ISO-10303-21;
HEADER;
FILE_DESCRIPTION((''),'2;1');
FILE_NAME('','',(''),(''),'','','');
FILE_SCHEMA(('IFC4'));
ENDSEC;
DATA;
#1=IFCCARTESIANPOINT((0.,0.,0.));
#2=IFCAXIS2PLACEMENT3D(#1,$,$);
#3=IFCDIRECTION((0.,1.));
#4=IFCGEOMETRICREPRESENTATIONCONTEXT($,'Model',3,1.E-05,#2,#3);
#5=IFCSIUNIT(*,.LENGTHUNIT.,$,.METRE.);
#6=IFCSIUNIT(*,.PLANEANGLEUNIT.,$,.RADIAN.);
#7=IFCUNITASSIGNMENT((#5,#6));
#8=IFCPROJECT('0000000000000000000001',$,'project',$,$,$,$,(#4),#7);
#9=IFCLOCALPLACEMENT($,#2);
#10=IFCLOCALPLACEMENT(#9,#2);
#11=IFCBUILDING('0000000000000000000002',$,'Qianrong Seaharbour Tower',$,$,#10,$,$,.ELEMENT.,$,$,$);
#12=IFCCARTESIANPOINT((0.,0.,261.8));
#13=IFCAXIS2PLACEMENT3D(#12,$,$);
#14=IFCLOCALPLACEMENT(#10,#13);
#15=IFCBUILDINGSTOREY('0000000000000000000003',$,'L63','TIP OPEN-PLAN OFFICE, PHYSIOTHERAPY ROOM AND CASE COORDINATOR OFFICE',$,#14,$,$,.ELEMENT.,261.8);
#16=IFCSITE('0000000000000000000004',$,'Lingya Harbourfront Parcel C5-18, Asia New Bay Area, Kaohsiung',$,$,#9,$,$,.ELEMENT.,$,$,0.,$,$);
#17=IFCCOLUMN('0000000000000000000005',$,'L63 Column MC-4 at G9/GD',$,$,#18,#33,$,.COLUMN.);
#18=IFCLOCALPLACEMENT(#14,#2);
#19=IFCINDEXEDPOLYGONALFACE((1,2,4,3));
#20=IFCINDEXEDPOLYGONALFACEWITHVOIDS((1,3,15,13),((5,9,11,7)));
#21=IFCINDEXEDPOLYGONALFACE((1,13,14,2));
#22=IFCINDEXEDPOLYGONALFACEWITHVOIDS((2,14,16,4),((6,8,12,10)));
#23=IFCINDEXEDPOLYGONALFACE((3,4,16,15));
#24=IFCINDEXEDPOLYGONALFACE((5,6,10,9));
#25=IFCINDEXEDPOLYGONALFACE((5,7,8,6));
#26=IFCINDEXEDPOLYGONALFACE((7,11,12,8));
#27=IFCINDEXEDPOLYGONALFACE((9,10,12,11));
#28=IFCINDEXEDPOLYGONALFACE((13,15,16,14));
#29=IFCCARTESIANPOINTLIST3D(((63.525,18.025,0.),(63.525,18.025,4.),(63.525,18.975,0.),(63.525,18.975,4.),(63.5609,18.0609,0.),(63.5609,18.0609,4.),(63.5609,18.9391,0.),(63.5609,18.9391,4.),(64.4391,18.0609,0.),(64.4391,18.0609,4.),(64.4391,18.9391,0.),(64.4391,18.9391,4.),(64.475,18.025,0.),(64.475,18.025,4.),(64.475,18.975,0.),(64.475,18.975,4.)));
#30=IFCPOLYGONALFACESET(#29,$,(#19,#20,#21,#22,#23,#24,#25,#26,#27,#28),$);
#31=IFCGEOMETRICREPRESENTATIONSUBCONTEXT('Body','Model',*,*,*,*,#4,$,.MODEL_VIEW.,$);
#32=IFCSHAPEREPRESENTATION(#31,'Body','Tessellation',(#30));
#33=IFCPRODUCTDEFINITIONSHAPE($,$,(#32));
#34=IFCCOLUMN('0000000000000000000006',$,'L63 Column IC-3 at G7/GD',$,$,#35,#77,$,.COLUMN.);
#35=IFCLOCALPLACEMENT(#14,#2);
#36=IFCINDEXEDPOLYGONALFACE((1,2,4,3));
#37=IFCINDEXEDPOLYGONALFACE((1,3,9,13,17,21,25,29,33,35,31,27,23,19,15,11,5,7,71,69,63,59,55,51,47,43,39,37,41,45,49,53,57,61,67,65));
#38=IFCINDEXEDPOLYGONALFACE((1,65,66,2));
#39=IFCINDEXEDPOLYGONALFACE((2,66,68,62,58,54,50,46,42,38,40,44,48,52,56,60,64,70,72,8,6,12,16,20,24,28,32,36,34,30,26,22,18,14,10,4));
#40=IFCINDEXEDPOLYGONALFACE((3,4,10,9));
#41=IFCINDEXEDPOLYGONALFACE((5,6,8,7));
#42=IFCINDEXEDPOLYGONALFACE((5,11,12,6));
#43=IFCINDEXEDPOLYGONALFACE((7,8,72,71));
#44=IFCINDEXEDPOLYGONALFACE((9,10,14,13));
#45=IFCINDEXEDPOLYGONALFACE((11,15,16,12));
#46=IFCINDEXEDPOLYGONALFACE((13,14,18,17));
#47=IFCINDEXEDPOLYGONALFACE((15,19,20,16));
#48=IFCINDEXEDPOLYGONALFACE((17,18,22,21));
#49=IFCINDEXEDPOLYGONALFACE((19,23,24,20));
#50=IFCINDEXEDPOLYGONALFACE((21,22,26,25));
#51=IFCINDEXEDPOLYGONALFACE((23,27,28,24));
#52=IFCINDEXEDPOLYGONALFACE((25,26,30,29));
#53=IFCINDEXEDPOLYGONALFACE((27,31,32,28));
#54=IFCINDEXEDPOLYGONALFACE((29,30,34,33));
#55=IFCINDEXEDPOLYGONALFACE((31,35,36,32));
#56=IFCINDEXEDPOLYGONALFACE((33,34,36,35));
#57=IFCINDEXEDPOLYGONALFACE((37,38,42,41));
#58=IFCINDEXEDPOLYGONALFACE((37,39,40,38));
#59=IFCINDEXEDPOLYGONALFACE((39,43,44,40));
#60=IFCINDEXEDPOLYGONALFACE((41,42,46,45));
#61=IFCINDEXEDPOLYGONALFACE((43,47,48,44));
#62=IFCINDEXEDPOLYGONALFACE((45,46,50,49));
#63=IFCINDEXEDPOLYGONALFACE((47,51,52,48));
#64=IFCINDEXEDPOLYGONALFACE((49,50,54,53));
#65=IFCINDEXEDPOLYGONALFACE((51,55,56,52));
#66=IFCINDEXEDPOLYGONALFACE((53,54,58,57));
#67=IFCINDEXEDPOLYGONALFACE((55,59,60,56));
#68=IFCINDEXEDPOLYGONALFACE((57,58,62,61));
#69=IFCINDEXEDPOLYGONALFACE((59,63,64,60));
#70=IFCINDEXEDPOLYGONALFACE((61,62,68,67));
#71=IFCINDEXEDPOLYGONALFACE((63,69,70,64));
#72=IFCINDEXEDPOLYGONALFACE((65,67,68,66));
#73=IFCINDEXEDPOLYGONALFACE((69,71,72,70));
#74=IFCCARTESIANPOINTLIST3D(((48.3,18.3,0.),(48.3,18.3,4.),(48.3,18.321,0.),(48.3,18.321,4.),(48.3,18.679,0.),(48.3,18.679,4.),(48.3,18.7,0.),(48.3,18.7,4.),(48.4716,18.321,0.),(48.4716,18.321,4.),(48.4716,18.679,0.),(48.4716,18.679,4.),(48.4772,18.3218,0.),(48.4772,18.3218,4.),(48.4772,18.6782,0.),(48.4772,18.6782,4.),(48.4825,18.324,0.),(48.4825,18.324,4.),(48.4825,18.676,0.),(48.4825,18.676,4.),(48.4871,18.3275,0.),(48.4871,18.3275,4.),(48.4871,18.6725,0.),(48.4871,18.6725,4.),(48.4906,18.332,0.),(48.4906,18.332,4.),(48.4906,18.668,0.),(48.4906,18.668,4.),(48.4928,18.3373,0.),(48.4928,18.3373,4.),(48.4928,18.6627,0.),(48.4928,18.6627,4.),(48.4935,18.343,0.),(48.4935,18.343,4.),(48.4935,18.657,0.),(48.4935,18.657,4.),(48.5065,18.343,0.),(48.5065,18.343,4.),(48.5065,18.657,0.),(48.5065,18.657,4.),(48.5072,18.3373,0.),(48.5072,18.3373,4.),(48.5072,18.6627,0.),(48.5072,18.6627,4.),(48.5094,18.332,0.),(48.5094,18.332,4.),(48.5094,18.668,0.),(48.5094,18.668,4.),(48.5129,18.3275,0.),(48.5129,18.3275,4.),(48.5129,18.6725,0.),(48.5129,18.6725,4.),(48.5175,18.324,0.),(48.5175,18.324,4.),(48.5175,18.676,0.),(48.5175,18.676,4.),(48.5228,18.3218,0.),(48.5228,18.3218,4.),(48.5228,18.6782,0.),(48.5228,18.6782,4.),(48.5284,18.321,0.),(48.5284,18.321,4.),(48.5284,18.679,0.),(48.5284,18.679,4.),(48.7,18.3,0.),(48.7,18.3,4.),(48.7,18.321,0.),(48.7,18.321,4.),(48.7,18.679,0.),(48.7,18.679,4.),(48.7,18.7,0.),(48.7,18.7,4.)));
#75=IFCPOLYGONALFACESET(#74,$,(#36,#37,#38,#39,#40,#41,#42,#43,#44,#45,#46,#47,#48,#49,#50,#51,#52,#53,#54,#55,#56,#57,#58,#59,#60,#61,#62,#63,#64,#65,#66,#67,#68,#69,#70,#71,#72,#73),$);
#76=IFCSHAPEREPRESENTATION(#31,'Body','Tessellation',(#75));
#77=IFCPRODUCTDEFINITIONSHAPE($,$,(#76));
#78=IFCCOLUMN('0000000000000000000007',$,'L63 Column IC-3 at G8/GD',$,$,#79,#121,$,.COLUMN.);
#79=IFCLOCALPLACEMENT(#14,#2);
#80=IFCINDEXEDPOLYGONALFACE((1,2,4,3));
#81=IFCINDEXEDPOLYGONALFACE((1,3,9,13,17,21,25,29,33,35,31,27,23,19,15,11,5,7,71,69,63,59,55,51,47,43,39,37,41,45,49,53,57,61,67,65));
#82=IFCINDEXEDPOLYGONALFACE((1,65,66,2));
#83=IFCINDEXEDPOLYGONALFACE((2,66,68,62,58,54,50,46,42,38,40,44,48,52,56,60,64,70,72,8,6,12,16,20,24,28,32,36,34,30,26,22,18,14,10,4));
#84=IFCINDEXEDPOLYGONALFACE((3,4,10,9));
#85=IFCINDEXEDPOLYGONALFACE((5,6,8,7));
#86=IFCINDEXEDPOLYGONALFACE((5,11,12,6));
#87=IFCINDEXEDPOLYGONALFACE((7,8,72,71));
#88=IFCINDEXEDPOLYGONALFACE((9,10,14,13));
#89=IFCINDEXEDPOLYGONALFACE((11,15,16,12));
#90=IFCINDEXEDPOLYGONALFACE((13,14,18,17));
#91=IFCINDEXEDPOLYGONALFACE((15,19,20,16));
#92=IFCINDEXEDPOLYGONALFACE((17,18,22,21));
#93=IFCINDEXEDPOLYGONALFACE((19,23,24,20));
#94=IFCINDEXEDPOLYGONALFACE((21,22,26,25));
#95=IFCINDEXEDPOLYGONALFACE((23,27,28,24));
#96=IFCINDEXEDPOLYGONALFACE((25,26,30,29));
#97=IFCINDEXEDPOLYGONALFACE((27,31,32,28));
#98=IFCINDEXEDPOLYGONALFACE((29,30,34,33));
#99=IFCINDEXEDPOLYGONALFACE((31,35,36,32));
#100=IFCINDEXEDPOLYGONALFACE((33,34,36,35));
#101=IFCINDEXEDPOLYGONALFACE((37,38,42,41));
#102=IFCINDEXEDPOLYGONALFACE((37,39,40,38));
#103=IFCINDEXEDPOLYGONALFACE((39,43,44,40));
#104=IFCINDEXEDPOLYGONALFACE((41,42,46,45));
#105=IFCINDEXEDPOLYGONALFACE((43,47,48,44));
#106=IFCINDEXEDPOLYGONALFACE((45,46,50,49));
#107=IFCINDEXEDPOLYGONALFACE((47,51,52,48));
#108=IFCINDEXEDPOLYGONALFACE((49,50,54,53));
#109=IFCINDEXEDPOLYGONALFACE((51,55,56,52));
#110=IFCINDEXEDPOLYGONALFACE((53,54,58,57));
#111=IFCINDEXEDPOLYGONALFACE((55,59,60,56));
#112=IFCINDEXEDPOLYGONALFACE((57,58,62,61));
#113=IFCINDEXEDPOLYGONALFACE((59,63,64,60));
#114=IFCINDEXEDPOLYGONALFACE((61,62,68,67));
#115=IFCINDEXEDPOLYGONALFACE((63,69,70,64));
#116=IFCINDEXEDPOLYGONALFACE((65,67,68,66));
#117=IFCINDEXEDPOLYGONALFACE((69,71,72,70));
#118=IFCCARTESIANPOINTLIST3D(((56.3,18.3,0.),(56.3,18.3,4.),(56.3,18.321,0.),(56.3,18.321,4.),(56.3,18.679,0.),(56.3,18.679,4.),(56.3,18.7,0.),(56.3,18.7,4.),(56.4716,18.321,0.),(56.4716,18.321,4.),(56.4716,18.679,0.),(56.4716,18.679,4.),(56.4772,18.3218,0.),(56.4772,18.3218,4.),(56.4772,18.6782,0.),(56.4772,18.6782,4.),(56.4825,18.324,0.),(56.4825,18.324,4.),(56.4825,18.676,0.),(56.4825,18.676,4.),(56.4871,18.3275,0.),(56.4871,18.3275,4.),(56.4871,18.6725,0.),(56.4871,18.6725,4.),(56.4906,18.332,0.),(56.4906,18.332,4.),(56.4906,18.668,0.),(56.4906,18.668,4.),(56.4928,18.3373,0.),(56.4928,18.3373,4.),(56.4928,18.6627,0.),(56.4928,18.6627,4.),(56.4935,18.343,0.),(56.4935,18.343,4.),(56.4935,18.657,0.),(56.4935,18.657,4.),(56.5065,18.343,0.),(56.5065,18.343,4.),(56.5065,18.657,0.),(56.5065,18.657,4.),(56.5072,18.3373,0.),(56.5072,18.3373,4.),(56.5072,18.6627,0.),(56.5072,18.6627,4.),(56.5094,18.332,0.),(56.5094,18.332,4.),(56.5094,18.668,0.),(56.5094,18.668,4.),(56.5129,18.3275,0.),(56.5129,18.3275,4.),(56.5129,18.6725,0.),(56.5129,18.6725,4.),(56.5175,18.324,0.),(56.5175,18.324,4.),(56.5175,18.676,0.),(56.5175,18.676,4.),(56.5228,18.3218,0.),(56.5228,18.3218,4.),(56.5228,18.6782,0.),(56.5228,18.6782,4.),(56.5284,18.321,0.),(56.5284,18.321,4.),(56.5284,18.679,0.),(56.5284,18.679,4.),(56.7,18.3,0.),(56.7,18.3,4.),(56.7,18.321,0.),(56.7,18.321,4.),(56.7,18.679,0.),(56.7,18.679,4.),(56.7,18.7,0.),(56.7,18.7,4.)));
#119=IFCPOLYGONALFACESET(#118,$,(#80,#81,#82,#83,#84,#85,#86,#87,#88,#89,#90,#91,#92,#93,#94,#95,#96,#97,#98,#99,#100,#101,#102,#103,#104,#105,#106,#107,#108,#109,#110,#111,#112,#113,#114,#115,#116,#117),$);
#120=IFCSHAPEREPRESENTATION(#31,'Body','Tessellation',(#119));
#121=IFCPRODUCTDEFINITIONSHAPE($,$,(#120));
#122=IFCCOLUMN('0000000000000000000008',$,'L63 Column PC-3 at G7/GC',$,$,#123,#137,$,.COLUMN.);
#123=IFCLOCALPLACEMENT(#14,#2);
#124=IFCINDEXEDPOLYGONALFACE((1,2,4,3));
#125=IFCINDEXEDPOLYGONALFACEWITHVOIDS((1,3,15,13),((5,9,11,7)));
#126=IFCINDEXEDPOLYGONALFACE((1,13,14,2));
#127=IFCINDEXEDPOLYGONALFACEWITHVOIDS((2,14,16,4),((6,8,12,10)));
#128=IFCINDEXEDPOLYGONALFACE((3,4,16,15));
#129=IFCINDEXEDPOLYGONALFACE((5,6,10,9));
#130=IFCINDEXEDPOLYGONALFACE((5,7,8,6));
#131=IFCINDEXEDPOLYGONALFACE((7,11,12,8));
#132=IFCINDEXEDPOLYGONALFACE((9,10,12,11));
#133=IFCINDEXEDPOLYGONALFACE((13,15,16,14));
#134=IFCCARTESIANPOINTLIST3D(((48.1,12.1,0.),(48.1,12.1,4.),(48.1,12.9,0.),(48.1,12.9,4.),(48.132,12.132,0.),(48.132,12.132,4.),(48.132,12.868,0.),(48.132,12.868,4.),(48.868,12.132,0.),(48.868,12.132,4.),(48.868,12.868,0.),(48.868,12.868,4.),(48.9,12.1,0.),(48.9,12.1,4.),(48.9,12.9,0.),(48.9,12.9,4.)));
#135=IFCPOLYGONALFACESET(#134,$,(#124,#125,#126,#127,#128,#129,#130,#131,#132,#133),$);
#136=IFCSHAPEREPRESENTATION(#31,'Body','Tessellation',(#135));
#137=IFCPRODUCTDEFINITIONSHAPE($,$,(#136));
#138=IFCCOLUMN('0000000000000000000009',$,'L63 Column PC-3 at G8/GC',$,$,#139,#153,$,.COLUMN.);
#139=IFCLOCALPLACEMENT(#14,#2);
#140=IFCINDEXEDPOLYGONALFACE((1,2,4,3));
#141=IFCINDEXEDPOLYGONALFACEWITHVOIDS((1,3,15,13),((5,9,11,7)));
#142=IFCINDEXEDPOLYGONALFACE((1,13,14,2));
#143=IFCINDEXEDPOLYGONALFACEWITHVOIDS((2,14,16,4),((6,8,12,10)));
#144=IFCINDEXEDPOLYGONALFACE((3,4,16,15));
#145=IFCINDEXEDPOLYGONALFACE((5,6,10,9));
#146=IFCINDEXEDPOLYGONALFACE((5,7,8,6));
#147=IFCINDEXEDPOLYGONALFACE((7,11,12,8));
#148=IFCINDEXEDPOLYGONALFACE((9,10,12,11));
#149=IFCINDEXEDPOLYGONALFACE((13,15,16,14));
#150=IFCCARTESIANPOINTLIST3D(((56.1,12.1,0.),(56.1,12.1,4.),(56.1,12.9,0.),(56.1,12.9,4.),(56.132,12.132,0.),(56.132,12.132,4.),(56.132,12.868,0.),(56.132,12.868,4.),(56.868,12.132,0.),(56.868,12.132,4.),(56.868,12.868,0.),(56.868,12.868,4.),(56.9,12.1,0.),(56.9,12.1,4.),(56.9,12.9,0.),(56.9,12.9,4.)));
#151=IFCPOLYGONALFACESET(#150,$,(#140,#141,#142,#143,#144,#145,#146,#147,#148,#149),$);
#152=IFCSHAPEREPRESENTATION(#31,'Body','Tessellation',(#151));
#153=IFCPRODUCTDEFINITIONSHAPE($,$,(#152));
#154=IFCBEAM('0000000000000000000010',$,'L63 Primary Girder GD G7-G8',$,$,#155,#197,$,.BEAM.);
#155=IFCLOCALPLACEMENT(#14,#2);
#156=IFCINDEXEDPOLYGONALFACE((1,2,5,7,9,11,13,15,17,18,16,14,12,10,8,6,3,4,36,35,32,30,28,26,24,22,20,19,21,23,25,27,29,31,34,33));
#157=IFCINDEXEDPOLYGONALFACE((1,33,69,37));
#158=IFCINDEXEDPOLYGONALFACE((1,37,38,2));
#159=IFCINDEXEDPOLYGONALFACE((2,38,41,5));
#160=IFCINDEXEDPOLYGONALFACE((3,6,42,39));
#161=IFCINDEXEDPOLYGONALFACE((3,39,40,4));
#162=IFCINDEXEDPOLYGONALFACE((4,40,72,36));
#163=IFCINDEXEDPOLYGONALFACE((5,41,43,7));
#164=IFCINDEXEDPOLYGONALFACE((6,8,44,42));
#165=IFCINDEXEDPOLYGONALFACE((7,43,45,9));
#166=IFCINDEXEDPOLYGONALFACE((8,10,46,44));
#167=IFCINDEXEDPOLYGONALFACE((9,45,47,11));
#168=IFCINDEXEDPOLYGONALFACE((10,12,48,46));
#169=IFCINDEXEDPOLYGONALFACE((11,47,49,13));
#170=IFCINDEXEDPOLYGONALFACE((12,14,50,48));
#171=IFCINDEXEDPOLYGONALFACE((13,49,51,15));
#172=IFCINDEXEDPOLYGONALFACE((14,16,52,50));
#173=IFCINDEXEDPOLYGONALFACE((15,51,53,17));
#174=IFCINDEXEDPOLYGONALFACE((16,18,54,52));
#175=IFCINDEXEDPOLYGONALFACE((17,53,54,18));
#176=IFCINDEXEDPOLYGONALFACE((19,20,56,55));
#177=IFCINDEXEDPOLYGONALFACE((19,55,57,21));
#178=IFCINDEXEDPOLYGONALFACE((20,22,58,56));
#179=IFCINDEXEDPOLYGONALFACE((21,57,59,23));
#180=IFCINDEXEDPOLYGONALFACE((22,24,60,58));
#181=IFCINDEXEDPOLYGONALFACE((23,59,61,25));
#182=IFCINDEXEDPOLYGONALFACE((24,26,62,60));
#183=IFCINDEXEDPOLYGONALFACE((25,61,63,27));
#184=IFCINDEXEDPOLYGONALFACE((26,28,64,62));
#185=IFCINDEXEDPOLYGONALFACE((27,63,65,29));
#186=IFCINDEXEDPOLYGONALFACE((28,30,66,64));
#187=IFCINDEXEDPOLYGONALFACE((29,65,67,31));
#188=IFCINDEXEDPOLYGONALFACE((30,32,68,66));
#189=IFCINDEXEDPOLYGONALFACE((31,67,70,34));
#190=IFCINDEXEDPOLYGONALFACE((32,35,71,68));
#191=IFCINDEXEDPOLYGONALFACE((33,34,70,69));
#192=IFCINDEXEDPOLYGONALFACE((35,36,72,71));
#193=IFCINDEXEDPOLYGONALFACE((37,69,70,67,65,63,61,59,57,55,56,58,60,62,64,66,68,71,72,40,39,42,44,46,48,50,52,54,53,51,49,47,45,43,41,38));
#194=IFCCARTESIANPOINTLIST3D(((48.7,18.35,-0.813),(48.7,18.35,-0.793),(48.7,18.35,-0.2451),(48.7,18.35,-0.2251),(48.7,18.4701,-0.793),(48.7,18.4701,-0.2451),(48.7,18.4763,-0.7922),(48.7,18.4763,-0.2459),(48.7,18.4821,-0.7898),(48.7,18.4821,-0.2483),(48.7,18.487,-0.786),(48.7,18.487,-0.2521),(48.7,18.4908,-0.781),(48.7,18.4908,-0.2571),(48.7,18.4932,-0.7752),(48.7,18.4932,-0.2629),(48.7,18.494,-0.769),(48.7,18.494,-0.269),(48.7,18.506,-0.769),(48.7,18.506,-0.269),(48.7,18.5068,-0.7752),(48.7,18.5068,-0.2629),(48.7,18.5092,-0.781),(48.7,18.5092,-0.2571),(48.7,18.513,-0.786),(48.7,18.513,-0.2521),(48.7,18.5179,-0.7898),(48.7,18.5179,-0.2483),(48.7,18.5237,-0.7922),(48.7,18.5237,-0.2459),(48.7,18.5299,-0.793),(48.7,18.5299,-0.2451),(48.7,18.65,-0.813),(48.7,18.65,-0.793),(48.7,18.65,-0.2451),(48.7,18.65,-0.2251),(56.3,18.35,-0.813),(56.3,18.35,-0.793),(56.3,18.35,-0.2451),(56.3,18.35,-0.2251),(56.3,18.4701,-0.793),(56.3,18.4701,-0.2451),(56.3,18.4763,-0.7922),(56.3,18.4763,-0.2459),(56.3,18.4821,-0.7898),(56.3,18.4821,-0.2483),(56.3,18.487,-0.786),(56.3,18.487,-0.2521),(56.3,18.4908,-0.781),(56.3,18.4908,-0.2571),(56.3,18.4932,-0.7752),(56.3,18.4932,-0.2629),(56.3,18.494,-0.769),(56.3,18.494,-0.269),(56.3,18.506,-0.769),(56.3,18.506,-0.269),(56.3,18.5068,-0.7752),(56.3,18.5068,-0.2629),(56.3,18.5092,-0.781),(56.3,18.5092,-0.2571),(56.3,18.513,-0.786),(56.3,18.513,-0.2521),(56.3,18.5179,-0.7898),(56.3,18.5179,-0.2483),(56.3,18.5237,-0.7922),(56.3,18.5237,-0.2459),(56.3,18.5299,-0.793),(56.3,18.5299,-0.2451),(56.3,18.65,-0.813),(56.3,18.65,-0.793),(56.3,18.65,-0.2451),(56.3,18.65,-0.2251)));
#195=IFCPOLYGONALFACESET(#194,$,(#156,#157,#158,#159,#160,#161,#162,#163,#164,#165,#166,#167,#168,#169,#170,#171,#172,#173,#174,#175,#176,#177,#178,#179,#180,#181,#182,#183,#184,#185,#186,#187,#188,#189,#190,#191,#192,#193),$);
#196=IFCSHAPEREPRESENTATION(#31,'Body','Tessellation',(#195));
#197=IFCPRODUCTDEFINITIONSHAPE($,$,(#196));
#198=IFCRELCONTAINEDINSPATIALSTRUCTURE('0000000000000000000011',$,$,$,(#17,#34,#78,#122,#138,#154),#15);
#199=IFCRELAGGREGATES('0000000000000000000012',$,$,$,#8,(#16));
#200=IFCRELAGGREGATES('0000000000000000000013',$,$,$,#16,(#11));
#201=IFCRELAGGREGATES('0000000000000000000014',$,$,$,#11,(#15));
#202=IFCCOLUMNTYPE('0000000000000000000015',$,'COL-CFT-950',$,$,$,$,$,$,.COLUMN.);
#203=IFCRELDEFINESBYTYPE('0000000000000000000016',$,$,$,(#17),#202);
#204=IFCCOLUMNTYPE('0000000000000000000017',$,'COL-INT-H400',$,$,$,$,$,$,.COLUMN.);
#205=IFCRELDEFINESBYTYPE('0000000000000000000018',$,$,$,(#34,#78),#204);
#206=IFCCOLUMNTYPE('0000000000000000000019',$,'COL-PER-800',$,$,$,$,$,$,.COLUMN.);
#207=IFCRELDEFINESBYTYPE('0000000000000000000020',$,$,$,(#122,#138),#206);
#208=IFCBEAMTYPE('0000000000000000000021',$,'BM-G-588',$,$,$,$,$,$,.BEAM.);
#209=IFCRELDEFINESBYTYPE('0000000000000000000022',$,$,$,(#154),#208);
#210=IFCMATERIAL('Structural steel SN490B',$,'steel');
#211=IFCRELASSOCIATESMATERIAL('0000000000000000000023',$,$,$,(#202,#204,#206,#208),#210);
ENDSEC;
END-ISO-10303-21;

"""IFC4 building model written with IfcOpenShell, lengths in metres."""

from ifc_helpers import new_model, si_unit, direction, frame, origin, origin_2d, place, context, subcontext, project, spatial, hollow_rectangle, i_section, extrude, material, material_profile, profile_set, type_object, element, save


model = new_model("IFC4")

# Units and contexts
model_context = context("Model", 3, precision=1e-05, world=origin(), true_north=direction((0.0, 1.0)))
body_context = subcontext(model_context, "Body", "Model", "MODEL_VIEW")
ifc_project = project(units=[si_unit("LENGTHUNIT", "METRE"), si_unit("PLANEANGLEUNIT", "RADIAN")], contexts=[model_context])

# Site, building, storey
site_placement = place(None, origin())
site = spatial("IfcSite", under=ifc_project, at=site_placement, Name="Lingya Harbourfront Parcel C5-18, Asia New Bay Area, Kaohsiung", CompositionType="ELEMENT", RefElevation=0.0)
building_placement = place(site_placement, origin())
building = spatial("IfcBuilding", under=site, at=building_placement, Name="Qianrong Seaharbour Tower", CompositionType="ELEMENT")
storey_placement = place(building_placement, frame((0.0, 0.0, 261.8)))
storey = spatial("IfcBuildingStorey", under=building, at=storey_placement, Name="L63", Description="TIP OPEN-PLAN OFFICE, PHYSIOTHERAPY ROOM AND CASE COORDINATOR OFFICE", CompositionType="ELEMENT", Elevation=261.8)

# Columns
ifc_material_1 = material(Name="Structural steel SN490B", Category="steel")
ifc_material_profile_1 = material_profile(ifc_material_1, hollow_rectangle(XDim=0.95, YDim=0.95, WallThickness=0.0359, at=origin_2d()), Name="BOX950x950x36")
ifc_profile_set_1 = profile_set([ifc_material_profile_1], Name="Structural steel SN490B")
column_type_1 = type_object("IfcColumnType", Name="COL-CFT-950", PredefinedType="COLUMN", material=ifc_profile_set_1)
column_placement = place(storey_placement, frame((64.0, 18.5, 0.0), z_axis=(0.0, 0.0, 1.0), x_axis=(1.0, 0.0, 0.0)))
element("IfcColumn", 1, at=column_placement, inside=storey, type_object=column_type_1, Name="L63 Column MC-4 at G9/GD", PredefinedType="COLUMN", context=body_context, shape_type="SweptSolid", body=[
    extrude(hollow_rectangle(XDim=0.95, YDim=0.95, WallThickness=0.0359, at=origin_2d()), origin(), (0.0, 0.0, 1.0), 4.0),
])
ifc_material_profile_2 = material_profile(ifc_material_1, i_section(OverallWidth=0.3999, OverallDepth=0.3999, WebThickness=0.0129, FlangeThickness=0.021, FilletRadius=0.022, at=origin_2d()), Name="H400x400x13x21")
ifc_profile_set_2 = profile_set([ifc_material_profile_2], Name="Structural steel SN490B")
column_type_2 = type_object("IfcColumnType", Name="COL-INT-H400", PredefinedType="COLUMN", material=ifc_profile_set_2)
for number, where, z_axis, x_axis, name in (
    (2, (48.5, 18.5, 0.0), (0.0, 0.0, 1.0), (1.0, 0.0, 0.0), "L63 Column IC-3 at G7/GD"),
    (3, (56.5, 18.5, 0.0), (0.0, 0.0, 1.0), (1.0, 0.0, 0.0), "L63 Column IC-3 at G8/GD"),
):
    element("IfcColumn", number, at=place(storey_placement, frame(where, z_axis=z_axis, x_axis=x_axis)), inside=storey, type_object=column_type_2, Name=name, PredefinedType="COLUMN", context=body_context, shape_type="SweptSolid", body=[
        extrude(i_section(OverallWidth=0.3999, OverallDepth=0.3999, WebThickness=0.0129, FlangeThickness=0.021, FilletRadius=0.022, at=origin_2d()), origin(), (0.0, 0.0, 1.0), 4.0),
    ])
ifc_material_profile_3 = material_profile(ifc_material_1, hollow_rectangle(XDim=0.8, YDim=0.8, WallThickness=0.032, at=origin_2d()), Name="BOX800x800x32")
ifc_profile_set_3 = profile_set([ifc_material_profile_3], Name="Structural steel SN490B")
column_type_3 = type_object("IfcColumnType", Name="COL-PER-800", PredefinedType="COLUMN", material=ifc_profile_set_3)
for number, where, z_axis, x_axis, name in (
    (4, (48.5, 12.5, 0.0), (0.0, 0.0, 1.0), (1.0, 0.0, 0.0), "L63 Column PC-3 at G7/GC"),
    (5, (56.5, 12.5, 0.0), (0.0, 0.0, 1.0), (1.0, 0.0, 0.0), "L63 Column PC-3 at G8/GC"),
):
    element("IfcColumn", number, at=place(storey_placement, frame(where, z_axis=z_axis, x_axis=x_axis)), inside=storey, type_object=column_type_3, Name=name, PredefinedType="COLUMN", context=body_context, shape_type="SweptSolid", body=[
        extrude(hollow_rectangle(XDim=0.8, YDim=0.8, WallThickness=0.032, at=origin_2d()), origin(), (0.0, 0.0, 1.0), 4.0),
    ])

# Beam
ifc_material_profile_4 = material_profile(ifc_material_1, i_section(OverallWidth=0.3, OverallDepth=0.5879, WebThickness=0.012, FlangeThickness=0.02, FilletRadius=0.0239, at=origin_2d()), Name="H588x300x12x20")
ifc_profile_set_4 = profile_set([ifc_material_profile_4], Name="Structural steel SN490B")
beam_type_1 = type_object("IfcBeamType", Name="BM-G-588", PredefinedType="BEAM", material=ifc_profile_set_4)
beam_1_placement = place(storey_placement, frame((48.7, 18.5, -0.519), z_axis=(1.0, 0.0, 0.0), x_axis=(0.0, 1.0, 0.0)))
element("IfcBeam", 6, at=beam_1_placement, inside=storey, type_object=beam_type_1, Name="L63 Primary Girder GD G7-G8", PredefinedType="BEAM", context=body_context, shape_type="SweptSolid", body=[
    extrude(i_section(OverallWidth=0.3, OverallDepth=0.5879, WebThickness=0.012, FlangeThickness=0.02, FilletRadius=0.0239, at=origin_2d()), origin(), (0.0, 0.0, 1.0), 7.6001),
])

save(model, "model.ifc")
